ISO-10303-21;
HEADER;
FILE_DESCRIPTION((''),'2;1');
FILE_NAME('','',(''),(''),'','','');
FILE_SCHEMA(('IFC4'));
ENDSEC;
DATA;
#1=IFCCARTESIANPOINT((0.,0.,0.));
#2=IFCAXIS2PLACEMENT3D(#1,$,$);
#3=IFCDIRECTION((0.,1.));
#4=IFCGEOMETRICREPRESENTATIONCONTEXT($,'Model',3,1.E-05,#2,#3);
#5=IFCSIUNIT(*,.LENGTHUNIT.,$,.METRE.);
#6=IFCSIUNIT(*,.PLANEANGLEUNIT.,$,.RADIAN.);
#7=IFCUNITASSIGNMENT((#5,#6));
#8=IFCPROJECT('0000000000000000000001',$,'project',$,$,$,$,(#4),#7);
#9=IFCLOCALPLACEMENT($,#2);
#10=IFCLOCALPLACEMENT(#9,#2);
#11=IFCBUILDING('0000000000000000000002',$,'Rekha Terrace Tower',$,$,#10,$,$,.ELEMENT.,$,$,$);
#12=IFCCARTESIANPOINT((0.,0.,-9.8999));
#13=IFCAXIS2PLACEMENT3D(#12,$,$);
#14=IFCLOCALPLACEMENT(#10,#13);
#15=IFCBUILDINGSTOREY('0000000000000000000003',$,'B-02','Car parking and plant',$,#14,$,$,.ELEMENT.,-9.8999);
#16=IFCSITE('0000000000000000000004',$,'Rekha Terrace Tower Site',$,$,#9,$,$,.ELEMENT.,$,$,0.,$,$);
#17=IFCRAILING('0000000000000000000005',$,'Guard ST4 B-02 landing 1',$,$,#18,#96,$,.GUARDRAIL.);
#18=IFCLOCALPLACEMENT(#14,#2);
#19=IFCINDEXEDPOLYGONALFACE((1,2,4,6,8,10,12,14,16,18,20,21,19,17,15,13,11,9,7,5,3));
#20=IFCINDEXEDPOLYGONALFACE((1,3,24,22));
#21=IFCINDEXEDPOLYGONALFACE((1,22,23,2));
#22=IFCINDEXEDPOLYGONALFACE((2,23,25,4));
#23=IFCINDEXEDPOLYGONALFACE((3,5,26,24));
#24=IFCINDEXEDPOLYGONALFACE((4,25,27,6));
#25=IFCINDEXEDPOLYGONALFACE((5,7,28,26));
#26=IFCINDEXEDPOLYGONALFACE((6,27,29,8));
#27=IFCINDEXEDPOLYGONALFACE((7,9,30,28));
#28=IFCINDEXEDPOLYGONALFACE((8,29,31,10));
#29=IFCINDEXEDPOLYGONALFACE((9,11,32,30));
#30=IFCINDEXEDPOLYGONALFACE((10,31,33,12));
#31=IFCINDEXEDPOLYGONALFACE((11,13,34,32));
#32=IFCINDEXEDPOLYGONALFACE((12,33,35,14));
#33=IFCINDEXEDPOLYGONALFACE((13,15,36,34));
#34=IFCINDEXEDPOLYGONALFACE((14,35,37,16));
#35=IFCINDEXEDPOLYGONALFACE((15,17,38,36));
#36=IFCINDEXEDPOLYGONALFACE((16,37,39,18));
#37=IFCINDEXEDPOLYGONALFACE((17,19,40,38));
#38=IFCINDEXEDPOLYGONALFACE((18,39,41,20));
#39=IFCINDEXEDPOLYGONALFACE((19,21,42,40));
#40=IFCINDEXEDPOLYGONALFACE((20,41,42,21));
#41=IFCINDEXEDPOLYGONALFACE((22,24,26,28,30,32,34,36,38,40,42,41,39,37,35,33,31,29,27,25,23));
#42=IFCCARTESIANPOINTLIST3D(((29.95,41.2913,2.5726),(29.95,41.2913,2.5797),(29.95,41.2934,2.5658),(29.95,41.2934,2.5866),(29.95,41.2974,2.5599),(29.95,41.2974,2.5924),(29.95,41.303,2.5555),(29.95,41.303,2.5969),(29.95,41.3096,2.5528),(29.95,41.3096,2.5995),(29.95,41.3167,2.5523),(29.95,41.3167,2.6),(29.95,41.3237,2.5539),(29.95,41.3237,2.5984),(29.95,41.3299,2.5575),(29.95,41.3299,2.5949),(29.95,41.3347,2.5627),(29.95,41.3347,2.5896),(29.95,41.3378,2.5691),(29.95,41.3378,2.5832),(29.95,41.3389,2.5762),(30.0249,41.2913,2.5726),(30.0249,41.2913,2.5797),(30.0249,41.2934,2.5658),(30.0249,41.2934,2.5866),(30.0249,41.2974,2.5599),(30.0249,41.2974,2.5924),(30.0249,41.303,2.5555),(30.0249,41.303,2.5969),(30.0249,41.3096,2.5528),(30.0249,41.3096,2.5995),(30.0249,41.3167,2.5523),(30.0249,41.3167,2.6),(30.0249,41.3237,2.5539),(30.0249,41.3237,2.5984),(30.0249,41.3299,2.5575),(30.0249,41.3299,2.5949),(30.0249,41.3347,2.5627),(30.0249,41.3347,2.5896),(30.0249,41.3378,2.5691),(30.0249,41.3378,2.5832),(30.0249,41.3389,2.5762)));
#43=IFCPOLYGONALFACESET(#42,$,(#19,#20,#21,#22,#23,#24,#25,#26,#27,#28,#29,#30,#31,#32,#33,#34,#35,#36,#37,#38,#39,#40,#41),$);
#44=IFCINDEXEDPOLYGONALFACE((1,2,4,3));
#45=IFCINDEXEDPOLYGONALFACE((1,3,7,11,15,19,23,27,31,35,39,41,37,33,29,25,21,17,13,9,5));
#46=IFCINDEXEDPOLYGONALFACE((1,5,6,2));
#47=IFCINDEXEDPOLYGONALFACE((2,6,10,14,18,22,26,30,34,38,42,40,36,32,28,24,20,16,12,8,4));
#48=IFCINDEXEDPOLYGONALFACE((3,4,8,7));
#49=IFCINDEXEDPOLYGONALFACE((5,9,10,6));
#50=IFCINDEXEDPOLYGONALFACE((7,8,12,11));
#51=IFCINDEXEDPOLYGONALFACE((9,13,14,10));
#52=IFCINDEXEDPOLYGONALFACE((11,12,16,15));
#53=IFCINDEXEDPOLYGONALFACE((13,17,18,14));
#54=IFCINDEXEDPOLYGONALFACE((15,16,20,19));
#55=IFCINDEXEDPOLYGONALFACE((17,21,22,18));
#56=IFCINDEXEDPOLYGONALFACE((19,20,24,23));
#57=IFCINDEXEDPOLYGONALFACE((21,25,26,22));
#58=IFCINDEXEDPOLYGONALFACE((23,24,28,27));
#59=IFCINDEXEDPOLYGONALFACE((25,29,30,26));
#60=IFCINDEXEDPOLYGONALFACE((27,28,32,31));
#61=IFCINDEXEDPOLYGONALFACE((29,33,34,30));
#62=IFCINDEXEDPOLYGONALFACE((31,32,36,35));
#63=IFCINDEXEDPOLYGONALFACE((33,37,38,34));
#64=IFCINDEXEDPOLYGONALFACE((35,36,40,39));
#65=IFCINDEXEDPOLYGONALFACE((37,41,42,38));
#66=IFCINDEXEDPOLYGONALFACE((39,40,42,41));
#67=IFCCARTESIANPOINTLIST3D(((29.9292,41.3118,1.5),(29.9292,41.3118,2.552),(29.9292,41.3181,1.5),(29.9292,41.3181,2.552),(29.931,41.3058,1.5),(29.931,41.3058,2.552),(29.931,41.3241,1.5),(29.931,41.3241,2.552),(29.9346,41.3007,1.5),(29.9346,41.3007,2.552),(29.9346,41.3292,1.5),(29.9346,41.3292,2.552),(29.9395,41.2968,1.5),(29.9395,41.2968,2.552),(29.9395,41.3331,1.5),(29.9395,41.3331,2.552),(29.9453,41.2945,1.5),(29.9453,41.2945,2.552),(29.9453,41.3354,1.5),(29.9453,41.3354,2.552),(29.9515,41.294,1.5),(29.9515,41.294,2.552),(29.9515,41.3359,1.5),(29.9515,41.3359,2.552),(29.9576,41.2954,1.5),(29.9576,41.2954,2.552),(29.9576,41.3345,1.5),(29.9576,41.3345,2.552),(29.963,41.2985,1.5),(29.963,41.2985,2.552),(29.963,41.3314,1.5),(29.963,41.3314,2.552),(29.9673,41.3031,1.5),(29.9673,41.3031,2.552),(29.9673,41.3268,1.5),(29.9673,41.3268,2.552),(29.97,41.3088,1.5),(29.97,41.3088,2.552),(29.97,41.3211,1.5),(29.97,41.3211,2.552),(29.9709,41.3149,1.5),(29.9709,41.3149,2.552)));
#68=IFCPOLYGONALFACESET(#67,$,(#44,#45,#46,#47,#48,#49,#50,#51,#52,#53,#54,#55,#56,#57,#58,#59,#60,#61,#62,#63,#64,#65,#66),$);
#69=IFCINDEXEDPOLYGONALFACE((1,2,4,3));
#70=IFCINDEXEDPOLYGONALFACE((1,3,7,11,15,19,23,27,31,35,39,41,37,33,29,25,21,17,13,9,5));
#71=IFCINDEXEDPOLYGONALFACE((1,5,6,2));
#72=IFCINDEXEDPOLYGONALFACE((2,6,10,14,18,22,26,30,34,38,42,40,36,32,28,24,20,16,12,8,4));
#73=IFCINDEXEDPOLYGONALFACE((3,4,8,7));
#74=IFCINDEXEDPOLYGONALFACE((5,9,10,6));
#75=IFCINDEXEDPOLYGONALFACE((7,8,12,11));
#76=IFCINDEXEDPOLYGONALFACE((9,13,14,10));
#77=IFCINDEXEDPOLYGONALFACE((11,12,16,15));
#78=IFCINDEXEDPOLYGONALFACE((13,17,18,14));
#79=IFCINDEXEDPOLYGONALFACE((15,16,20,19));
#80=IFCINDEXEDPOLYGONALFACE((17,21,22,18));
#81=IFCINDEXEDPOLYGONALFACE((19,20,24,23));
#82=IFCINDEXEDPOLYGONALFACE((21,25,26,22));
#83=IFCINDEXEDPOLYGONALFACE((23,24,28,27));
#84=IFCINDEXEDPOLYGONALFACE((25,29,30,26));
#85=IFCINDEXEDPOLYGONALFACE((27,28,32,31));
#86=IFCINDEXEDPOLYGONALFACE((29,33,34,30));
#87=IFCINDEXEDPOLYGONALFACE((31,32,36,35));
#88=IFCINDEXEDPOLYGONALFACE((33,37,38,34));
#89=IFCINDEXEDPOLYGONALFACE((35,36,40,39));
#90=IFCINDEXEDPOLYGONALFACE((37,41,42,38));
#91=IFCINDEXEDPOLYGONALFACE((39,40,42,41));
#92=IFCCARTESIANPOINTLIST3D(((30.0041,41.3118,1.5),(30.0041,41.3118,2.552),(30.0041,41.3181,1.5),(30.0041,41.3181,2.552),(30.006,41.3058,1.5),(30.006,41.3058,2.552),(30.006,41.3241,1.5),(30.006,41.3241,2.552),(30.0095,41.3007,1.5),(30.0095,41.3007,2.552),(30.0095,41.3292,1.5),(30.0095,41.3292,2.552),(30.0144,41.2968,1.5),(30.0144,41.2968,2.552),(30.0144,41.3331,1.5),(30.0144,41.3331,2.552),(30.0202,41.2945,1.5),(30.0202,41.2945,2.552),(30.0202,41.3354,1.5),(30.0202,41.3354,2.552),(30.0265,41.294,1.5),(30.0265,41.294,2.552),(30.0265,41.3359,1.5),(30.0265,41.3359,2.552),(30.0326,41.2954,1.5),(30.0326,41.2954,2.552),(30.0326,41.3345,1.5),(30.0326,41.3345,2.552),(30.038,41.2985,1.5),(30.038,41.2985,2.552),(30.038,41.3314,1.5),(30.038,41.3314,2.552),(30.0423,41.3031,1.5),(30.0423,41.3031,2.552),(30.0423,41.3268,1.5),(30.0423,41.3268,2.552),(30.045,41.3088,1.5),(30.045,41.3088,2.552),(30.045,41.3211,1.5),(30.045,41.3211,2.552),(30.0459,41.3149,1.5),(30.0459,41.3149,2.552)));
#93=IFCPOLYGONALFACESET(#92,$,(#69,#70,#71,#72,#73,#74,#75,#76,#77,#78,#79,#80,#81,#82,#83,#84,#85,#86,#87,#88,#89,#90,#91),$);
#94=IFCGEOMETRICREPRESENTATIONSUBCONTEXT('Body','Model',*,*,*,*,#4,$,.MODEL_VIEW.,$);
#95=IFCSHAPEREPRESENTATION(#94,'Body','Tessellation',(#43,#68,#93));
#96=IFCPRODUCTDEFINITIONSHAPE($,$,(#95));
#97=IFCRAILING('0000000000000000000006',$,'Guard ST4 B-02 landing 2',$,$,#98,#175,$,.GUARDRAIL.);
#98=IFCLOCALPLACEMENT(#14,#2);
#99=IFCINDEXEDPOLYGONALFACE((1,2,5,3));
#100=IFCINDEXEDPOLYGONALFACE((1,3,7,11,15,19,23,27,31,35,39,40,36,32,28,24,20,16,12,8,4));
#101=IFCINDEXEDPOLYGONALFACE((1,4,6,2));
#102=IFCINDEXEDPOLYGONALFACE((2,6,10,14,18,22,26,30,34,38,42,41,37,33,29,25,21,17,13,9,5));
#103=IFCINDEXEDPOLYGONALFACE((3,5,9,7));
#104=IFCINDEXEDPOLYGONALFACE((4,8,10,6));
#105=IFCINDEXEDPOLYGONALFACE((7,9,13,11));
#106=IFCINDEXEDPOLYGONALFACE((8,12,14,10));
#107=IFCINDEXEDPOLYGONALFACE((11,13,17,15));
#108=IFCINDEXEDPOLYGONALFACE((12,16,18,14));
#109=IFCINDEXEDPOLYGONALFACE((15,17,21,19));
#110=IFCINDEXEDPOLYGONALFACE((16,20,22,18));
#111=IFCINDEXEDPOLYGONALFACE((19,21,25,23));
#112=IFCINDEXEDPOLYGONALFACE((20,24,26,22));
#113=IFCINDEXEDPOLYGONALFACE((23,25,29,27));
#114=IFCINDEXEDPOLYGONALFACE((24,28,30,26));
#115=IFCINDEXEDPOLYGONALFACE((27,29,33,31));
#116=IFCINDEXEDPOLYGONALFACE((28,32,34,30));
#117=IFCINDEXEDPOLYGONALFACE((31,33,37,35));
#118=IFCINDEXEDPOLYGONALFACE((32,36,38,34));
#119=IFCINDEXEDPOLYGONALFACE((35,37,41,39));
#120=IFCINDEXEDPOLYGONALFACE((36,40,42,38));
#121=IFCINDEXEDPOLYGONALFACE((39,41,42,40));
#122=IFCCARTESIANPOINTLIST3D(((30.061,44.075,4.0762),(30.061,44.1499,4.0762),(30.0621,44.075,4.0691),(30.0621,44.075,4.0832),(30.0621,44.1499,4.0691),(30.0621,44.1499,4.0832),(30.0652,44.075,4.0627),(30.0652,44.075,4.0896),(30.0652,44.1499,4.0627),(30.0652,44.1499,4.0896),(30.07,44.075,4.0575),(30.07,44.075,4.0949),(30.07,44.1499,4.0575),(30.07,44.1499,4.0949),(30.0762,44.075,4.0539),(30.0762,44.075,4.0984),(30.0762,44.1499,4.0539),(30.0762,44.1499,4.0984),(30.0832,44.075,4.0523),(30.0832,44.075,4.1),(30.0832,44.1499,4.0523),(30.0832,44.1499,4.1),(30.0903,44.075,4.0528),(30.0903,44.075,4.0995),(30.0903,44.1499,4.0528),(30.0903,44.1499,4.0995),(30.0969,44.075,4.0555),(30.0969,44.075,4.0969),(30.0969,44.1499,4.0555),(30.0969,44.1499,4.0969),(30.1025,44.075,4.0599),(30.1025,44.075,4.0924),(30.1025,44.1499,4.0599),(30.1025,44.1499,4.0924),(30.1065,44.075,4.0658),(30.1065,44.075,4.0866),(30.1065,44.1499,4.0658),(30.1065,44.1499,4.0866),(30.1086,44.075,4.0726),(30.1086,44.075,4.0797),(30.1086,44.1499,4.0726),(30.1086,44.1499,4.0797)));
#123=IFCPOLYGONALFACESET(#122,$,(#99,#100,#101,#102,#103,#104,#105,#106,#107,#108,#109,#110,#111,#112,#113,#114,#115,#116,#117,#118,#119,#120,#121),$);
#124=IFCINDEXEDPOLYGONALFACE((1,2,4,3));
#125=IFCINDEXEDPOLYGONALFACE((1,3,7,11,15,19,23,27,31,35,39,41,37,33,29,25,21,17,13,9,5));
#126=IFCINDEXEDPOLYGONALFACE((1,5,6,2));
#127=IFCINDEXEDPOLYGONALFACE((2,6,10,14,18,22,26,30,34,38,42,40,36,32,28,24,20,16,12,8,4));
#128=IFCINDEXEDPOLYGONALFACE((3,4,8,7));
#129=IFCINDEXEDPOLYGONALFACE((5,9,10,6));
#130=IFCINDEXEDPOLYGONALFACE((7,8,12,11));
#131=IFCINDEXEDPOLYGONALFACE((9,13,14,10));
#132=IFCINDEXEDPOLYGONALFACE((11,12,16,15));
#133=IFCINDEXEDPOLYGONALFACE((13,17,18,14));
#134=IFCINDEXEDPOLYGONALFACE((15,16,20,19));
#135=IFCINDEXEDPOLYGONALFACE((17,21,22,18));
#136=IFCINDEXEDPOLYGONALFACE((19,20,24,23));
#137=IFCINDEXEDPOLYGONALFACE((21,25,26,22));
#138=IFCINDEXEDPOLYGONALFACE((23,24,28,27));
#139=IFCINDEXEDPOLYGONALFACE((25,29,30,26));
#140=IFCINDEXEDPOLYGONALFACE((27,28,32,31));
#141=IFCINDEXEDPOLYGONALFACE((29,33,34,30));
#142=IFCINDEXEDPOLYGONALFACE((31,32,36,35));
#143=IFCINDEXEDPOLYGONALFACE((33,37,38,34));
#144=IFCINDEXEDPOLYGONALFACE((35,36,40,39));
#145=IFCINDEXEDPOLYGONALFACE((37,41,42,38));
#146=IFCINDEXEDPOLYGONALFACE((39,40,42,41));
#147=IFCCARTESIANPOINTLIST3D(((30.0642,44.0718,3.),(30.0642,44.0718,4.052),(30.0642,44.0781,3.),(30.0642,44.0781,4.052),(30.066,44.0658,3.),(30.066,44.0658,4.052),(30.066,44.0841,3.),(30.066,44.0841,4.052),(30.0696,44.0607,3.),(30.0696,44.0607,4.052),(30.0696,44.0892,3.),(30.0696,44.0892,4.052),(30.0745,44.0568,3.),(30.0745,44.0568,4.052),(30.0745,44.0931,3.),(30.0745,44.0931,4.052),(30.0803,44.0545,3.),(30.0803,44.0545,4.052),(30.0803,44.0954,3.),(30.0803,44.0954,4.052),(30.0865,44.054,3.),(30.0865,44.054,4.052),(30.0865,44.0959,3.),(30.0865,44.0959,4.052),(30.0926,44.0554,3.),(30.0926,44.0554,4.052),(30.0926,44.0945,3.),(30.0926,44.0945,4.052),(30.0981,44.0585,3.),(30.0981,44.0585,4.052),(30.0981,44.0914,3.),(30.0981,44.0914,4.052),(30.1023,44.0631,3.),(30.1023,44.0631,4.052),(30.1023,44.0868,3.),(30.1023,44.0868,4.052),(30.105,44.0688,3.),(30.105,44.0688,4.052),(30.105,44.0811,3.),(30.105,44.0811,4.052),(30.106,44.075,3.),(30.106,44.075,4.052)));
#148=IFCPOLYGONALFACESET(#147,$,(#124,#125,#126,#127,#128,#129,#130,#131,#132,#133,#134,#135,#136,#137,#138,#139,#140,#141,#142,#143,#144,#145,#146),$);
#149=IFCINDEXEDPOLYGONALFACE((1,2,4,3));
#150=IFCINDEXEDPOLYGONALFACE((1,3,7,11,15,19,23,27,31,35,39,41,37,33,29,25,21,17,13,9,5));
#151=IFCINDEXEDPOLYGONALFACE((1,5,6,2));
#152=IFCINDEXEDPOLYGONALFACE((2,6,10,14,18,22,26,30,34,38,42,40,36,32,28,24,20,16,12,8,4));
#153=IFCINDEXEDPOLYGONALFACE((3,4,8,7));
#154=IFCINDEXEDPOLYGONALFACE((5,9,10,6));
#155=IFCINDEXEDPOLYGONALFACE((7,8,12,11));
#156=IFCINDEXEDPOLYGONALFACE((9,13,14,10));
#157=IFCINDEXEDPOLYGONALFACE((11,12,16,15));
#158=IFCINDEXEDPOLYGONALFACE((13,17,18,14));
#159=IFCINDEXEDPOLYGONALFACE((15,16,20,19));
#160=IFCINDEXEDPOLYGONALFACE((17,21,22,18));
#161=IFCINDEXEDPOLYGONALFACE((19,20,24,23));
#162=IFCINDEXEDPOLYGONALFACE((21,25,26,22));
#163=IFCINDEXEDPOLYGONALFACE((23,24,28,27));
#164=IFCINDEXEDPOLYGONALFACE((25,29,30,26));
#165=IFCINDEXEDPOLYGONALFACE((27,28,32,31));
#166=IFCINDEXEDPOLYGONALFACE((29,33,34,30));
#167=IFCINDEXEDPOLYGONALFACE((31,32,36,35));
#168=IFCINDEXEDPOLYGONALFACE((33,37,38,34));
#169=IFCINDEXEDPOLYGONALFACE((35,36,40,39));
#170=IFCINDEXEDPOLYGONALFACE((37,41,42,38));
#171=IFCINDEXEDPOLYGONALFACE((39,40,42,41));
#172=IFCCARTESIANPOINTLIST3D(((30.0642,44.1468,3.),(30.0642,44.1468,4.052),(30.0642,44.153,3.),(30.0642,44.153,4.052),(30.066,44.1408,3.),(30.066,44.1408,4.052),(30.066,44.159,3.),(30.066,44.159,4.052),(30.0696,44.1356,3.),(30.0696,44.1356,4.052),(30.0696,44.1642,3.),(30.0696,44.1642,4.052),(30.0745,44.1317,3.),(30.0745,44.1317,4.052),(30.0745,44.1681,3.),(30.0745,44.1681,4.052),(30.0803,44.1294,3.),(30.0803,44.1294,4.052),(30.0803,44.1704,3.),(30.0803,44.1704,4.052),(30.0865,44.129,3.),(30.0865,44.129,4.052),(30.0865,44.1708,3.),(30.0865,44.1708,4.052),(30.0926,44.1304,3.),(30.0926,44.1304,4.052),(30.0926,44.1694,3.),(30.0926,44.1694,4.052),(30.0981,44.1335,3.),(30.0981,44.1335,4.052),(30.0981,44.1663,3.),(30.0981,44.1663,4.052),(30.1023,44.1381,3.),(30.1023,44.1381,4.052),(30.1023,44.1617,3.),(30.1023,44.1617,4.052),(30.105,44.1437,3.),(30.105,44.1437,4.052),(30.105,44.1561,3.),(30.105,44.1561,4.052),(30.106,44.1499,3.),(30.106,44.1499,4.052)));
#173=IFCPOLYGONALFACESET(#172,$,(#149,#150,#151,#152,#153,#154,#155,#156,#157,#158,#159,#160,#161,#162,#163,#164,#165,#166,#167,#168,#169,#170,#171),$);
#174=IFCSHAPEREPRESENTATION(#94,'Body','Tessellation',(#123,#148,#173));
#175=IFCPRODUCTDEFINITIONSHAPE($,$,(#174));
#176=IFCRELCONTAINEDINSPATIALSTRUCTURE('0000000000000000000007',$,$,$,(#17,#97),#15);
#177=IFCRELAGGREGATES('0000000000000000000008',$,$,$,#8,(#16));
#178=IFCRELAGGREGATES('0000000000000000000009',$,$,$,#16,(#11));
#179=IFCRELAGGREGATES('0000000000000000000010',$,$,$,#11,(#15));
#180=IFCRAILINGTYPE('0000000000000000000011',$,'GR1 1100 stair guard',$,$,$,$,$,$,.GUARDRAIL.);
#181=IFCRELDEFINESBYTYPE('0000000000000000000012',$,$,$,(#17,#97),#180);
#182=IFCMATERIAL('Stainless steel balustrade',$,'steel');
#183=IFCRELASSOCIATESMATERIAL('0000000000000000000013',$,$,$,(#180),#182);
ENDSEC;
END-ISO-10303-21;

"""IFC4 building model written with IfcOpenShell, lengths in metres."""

from ifc_helpers import new_model, si_unit, direction, frame, origin, origin_2d, place, context, subcontext, project, spatial, circle, extrude, material, type_object, element, save


model = new_model("IFC4")

# Units and contexts
model_context = context("Model", 3, precision=1e-05, world=origin(), true_north=direction((0.0, 1.0)))
body_context = subcontext(model_context, "Body", "Model", "MODEL_VIEW")
ifc_project = project(units=[si_unit("LENGTHUNIT", "METRE"), si_unit("PLANEANGLEUNIT", "RADIAN")], contexts=[model_context])

# Site, building, storey
site_placement = place(None, origin())
site = spatial("IfcSite", under=ifc_project, at=site_placement, Name="Rekha Terrace Tower Site", CompositionType="ELEMENT", RefElevation=0.0)
building_placement = place(site_placement, origin())
building = spatial("IfcBuilding", under=site, at=building_placement, Name="Rekha Terrace Tower", CompositionType="ELEMENT")
storey_placement = place(building_placement, frame((0.0, 0.0, -9.8999)))
storey = spatial("IfcBuildingStorey", under=building, at=storey_placement, Name="B-02", Description="Car parking and plant", CompositionType="ELEMENT", Elevation=-9.8999)

# Railings
ifc_material_1 = material(Name="Stainless steel balustrade", Category="steel")
railing_type_1 = type_object("IfcRailingType", Name="GR1 1100 stair guard", PredefinedType="GUARDRAIL", material=ifc_material_1)
railing_1_placement = place(storey_placement, frame((29.95, 41.3149, 1.5)))
element("IfcRailing", 1, at=railing_1_placement, inside=storey, type_object=railing_type_1, Name="Guard ST4 B-02 landing 1", PredefinedType="GUARDRAIL", context=body_context, shape_type="SweptSolid", body=[
    extrude(circle(Radius=0.0239, at=origin_2d()), frame((0.0, 0.0, 1.0762), z_axis=(1.0, 0.0, 0.0), x_axis=(0.0, 1.0, 0.0)), (0.0, 0.0, 1.0), 0.075),
    extrude(circle(Radius=0.021, at=origin_2d()), origin(), (0.0, 0.0, 1.0), 1.052),
    extrude(circle(Radius=0.021, at=origin_2d()), frame((0.075, 0.0, 0.0)), (0.0, 0.0, 1.0), 1.052),
])
railing_2_placement = place(storey_placement, frame((30.085, 44.075, 3.0)))
element("IfcRailing", 2, at=railing_2_placement, inside=storey, type_object=railing_type_1, Name="Guard ST4 B-02 landing 2", PredefinedType="GUARDRAIL", context=body_context, shape_type="SweptSolid", body=[
    extrude(circle(Radius=0.0239, at=origin_2d()), frame((0.0, 0.0, 1.0762), z_axis=(0.0, 1.0, 0.0), x_axis=(-1.0, 0.0, 0.0)), (0.0, 0.0, 1.0), 0.075),
    extrude(circle(Radius=0.021, at=origin_2d()), origin(), (0.0, 0.0, 1.0), 1.052),
    extrude(circle(Radius=0.021, at=origin_2d()), frame((0.0, 0.075, 0.0)), (0.0, 0.0, 1.0), 1.052),
])

save(model, "model.ifc")
